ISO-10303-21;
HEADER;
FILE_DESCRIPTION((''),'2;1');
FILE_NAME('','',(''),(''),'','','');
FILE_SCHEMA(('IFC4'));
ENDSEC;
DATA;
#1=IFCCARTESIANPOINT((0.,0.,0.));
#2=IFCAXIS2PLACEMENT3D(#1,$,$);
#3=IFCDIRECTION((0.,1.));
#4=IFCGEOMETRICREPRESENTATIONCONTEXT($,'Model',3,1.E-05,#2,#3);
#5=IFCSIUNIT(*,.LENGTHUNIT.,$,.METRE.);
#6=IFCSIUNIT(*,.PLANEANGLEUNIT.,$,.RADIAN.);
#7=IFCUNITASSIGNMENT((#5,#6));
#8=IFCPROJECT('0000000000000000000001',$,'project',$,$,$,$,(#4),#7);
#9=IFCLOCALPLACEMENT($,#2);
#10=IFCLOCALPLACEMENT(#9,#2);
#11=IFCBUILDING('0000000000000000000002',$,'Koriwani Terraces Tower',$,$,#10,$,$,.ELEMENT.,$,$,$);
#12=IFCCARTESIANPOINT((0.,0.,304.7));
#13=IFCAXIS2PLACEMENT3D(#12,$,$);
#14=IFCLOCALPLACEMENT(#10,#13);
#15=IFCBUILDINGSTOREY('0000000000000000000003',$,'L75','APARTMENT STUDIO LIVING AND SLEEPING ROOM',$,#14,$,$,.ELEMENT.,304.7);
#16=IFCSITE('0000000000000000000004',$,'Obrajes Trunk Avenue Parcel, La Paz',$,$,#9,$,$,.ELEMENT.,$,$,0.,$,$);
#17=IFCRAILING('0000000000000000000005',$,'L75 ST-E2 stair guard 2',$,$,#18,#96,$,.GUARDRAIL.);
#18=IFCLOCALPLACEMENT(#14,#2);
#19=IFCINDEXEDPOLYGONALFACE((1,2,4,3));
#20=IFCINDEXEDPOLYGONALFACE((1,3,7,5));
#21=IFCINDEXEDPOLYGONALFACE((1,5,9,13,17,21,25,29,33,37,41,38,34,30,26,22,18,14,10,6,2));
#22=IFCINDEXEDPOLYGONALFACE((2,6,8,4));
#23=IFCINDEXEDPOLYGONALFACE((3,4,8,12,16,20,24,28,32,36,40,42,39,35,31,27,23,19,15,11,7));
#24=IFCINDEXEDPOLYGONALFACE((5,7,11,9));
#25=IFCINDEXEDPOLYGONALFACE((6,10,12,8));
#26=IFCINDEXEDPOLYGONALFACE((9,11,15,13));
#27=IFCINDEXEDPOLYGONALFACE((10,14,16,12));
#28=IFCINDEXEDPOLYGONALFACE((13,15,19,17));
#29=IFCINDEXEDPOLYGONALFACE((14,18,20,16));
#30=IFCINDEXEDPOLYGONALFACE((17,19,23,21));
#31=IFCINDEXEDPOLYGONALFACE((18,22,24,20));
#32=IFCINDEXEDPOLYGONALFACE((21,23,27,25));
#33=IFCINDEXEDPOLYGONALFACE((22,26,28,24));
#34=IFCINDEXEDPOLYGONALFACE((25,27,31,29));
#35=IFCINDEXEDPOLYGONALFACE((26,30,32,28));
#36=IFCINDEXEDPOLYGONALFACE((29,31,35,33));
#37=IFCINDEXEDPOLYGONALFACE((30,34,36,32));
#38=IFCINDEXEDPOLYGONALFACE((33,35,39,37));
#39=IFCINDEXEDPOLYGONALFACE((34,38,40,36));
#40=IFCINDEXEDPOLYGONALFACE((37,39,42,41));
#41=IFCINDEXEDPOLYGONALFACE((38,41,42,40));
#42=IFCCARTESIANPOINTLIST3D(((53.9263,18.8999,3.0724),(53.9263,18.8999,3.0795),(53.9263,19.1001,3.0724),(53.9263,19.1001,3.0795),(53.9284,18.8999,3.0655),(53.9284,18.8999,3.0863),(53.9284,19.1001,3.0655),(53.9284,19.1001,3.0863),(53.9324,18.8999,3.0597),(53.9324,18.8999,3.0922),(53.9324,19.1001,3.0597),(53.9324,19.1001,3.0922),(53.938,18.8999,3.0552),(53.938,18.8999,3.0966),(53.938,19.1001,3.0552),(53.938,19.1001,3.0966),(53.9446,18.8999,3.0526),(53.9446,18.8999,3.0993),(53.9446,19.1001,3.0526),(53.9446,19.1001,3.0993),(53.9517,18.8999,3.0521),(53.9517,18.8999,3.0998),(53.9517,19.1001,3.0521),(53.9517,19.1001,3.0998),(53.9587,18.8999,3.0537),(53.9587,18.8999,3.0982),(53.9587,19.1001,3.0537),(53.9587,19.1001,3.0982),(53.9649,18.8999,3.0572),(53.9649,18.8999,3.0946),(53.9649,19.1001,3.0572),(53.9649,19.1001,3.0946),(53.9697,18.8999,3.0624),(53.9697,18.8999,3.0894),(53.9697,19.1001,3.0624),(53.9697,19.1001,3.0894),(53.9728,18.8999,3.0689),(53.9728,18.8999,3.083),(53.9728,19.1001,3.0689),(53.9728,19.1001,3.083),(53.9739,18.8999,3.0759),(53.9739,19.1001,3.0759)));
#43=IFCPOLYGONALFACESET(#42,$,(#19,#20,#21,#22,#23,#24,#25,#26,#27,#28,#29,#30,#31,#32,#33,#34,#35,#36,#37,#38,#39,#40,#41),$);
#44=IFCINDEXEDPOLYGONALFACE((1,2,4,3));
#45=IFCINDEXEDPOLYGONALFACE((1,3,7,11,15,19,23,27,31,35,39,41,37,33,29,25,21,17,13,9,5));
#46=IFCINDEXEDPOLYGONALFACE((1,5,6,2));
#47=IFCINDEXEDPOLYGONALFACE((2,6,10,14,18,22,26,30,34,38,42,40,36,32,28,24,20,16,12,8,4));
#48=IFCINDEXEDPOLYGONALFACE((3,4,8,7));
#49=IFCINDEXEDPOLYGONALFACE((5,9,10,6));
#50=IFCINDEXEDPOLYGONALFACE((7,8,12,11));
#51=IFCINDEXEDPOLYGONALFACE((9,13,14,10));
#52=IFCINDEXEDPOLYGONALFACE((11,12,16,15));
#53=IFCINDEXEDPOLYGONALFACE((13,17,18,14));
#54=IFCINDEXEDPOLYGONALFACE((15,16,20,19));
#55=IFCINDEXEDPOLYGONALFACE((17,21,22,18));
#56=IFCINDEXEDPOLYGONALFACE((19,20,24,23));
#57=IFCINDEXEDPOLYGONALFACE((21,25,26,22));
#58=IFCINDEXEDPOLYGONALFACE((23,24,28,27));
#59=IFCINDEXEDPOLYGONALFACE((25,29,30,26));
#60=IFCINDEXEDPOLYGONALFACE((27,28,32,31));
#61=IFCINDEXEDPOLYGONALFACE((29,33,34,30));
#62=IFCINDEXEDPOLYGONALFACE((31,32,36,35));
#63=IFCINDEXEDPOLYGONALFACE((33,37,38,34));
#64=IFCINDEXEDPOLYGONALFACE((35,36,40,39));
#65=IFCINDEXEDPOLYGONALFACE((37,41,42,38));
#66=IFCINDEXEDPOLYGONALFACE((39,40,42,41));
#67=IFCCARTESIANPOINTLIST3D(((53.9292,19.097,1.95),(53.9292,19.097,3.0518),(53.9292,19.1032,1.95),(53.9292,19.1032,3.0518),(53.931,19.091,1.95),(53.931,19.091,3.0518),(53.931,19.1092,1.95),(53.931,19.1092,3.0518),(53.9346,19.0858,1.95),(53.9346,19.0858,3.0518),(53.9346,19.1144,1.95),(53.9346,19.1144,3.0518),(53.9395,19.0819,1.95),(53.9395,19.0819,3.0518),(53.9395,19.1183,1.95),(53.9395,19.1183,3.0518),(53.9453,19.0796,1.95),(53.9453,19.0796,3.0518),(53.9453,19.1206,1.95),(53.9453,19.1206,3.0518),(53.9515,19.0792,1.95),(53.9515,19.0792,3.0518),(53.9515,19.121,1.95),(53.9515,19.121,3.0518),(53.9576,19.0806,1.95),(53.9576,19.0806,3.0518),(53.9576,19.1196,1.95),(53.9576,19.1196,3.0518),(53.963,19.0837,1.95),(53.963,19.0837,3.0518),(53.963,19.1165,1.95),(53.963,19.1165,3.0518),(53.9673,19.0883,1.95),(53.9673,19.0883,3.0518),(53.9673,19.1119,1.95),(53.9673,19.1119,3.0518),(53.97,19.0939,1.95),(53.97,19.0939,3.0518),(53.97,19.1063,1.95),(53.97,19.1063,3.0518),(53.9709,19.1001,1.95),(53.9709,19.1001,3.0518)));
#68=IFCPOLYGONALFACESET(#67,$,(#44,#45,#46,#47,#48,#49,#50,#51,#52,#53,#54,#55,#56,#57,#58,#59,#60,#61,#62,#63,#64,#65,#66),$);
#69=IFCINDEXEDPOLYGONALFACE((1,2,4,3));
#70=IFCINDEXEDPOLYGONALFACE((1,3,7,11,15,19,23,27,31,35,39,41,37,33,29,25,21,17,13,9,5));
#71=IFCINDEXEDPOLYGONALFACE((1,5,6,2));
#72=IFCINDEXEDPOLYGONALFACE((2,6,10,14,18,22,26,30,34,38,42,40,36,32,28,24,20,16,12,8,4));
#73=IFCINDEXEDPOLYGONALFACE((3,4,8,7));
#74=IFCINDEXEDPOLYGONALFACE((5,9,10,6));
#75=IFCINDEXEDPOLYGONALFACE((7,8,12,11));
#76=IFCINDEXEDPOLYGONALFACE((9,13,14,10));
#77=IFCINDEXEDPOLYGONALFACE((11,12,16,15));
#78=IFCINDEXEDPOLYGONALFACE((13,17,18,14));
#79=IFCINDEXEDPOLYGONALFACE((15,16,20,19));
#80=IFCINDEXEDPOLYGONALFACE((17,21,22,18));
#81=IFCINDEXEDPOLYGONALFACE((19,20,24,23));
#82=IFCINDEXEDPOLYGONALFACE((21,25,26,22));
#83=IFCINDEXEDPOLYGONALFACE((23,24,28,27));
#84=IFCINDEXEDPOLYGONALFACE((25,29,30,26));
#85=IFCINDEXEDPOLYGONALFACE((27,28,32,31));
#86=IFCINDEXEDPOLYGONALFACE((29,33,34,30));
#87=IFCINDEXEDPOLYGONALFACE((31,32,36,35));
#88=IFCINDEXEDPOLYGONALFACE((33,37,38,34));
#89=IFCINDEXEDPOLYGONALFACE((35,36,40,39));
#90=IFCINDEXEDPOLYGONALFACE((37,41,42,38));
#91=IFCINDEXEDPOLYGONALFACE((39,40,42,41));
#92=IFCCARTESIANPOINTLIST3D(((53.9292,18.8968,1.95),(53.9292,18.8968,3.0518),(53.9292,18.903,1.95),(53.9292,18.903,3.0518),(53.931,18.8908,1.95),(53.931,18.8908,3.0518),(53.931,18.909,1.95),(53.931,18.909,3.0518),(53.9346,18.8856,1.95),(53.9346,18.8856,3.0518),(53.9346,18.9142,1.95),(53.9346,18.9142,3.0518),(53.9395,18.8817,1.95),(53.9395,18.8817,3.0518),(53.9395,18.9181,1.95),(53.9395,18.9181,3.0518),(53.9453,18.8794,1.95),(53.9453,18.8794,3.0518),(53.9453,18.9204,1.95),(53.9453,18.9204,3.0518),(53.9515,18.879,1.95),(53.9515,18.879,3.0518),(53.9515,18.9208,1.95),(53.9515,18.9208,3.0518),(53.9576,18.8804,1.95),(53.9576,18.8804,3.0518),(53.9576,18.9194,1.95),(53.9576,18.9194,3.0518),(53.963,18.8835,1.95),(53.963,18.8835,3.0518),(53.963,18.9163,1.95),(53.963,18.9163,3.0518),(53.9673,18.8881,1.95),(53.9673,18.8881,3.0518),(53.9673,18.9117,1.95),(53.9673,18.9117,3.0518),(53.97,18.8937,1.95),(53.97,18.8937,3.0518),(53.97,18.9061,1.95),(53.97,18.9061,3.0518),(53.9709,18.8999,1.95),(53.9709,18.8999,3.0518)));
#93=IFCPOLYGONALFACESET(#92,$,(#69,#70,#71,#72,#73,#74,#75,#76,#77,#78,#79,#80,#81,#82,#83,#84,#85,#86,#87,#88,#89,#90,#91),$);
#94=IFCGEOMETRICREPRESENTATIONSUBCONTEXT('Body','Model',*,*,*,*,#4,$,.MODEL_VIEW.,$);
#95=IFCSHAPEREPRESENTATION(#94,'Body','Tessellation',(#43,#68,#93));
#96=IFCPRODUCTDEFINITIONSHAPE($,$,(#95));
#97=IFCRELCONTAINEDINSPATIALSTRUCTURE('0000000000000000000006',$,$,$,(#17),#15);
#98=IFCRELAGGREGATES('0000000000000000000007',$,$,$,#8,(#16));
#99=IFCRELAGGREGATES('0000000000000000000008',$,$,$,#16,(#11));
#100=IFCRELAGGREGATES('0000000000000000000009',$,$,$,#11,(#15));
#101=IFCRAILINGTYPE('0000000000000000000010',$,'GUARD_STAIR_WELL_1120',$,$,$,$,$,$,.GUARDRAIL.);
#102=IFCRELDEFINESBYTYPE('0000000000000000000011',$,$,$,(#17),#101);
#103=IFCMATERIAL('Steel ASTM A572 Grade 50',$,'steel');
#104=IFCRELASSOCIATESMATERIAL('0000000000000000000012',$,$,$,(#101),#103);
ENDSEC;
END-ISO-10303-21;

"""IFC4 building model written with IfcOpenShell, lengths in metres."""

from ifc_helpers import new_model, si_unit, direction, frame, origin, origin_2d, place, context, subcontext, project, spatial, circle, extrude, material, type_object, element, save


model = new_model("IFC4")

# Units and contexts
model_context = context("Model", 3, precision=1e-05, world=origin(), true_north=direction((0.0, 1.0)))
body_context = subcontext(model_context, "Body", "Model", "MODEL_VIEW")
ifc_project = project(units=[si_unit("LENGTHUNIT", "METRE"), si_unit("PLANEANGLEUNIT", "RADIAN")], contexts=[model_context])

# Site, building, storey
site_placement = place(None, origin())
site = spatial("IfcSite", under=ifc_project, at=site_placement, Name="Obrajes Trunk Avenue Parcel, La Paz", CompositionType="ELEMENT", RefElevation=0.0)
building_placement = place(site_placement, origin())
building = spatial("IfcBuilding", under=site, at=building_placement, Name="Koriwani Terraces Tower", CompositionType="ELEMENT")
storey_placement = place(building_placement, frame((0.0, 0.0, 304.7)))
storey = spatial("IfcBuildingStorey", under=building, at=storey_placement, Name="L75", Description="APARTMENT STUDIO LIVING AND SLEEPING ROOM", CompositionType="ELEMENT", Elevation=304.7)

# Shared definitions
ifc_material_1 = material(Name="Steel ASTM A572 Grade 50", Category="steel")

# Railing
railing_type_1 = type_object("IfcRailingType", Name="GUARD_STAIR_WELL_1120", PredefinedType="GUARDRAIL", material=ifc_material_1)
railing_1_placement = place(storey_placement, frame((53.95, 19.1001, 1.95)))
element("IfcRailing", 1, at=railing_1_placement, inside=storey, type_object=railing_type_1, Name="L75 ST-E2 stair guard 2", PredefinedType="GUARDRAIL", context=body_context, shape_type="SweptSolid", body=[
    extrude(circle(Radius=0.0239, at=origin_2d()), frame((0.0, 0.0, 1.126), z_axis=(0.0, -1.0, 0.0), x_axis=(1.0, 0.0, 0.0)), (0.0, 0.0, 1.0), 0.2002),
    extrude(circle(Radius=0.021, at=origin_2d()), origin(), (0.0, 0.0, 1.0), 1.1018),
    extrude(circle(Radius=0.021, at=origin_2d()), frame((0.0, -0.2002, 0.0)), (0.0, 0.0, 1.0), 1.1018),
])

save(model, "model.ifc")
